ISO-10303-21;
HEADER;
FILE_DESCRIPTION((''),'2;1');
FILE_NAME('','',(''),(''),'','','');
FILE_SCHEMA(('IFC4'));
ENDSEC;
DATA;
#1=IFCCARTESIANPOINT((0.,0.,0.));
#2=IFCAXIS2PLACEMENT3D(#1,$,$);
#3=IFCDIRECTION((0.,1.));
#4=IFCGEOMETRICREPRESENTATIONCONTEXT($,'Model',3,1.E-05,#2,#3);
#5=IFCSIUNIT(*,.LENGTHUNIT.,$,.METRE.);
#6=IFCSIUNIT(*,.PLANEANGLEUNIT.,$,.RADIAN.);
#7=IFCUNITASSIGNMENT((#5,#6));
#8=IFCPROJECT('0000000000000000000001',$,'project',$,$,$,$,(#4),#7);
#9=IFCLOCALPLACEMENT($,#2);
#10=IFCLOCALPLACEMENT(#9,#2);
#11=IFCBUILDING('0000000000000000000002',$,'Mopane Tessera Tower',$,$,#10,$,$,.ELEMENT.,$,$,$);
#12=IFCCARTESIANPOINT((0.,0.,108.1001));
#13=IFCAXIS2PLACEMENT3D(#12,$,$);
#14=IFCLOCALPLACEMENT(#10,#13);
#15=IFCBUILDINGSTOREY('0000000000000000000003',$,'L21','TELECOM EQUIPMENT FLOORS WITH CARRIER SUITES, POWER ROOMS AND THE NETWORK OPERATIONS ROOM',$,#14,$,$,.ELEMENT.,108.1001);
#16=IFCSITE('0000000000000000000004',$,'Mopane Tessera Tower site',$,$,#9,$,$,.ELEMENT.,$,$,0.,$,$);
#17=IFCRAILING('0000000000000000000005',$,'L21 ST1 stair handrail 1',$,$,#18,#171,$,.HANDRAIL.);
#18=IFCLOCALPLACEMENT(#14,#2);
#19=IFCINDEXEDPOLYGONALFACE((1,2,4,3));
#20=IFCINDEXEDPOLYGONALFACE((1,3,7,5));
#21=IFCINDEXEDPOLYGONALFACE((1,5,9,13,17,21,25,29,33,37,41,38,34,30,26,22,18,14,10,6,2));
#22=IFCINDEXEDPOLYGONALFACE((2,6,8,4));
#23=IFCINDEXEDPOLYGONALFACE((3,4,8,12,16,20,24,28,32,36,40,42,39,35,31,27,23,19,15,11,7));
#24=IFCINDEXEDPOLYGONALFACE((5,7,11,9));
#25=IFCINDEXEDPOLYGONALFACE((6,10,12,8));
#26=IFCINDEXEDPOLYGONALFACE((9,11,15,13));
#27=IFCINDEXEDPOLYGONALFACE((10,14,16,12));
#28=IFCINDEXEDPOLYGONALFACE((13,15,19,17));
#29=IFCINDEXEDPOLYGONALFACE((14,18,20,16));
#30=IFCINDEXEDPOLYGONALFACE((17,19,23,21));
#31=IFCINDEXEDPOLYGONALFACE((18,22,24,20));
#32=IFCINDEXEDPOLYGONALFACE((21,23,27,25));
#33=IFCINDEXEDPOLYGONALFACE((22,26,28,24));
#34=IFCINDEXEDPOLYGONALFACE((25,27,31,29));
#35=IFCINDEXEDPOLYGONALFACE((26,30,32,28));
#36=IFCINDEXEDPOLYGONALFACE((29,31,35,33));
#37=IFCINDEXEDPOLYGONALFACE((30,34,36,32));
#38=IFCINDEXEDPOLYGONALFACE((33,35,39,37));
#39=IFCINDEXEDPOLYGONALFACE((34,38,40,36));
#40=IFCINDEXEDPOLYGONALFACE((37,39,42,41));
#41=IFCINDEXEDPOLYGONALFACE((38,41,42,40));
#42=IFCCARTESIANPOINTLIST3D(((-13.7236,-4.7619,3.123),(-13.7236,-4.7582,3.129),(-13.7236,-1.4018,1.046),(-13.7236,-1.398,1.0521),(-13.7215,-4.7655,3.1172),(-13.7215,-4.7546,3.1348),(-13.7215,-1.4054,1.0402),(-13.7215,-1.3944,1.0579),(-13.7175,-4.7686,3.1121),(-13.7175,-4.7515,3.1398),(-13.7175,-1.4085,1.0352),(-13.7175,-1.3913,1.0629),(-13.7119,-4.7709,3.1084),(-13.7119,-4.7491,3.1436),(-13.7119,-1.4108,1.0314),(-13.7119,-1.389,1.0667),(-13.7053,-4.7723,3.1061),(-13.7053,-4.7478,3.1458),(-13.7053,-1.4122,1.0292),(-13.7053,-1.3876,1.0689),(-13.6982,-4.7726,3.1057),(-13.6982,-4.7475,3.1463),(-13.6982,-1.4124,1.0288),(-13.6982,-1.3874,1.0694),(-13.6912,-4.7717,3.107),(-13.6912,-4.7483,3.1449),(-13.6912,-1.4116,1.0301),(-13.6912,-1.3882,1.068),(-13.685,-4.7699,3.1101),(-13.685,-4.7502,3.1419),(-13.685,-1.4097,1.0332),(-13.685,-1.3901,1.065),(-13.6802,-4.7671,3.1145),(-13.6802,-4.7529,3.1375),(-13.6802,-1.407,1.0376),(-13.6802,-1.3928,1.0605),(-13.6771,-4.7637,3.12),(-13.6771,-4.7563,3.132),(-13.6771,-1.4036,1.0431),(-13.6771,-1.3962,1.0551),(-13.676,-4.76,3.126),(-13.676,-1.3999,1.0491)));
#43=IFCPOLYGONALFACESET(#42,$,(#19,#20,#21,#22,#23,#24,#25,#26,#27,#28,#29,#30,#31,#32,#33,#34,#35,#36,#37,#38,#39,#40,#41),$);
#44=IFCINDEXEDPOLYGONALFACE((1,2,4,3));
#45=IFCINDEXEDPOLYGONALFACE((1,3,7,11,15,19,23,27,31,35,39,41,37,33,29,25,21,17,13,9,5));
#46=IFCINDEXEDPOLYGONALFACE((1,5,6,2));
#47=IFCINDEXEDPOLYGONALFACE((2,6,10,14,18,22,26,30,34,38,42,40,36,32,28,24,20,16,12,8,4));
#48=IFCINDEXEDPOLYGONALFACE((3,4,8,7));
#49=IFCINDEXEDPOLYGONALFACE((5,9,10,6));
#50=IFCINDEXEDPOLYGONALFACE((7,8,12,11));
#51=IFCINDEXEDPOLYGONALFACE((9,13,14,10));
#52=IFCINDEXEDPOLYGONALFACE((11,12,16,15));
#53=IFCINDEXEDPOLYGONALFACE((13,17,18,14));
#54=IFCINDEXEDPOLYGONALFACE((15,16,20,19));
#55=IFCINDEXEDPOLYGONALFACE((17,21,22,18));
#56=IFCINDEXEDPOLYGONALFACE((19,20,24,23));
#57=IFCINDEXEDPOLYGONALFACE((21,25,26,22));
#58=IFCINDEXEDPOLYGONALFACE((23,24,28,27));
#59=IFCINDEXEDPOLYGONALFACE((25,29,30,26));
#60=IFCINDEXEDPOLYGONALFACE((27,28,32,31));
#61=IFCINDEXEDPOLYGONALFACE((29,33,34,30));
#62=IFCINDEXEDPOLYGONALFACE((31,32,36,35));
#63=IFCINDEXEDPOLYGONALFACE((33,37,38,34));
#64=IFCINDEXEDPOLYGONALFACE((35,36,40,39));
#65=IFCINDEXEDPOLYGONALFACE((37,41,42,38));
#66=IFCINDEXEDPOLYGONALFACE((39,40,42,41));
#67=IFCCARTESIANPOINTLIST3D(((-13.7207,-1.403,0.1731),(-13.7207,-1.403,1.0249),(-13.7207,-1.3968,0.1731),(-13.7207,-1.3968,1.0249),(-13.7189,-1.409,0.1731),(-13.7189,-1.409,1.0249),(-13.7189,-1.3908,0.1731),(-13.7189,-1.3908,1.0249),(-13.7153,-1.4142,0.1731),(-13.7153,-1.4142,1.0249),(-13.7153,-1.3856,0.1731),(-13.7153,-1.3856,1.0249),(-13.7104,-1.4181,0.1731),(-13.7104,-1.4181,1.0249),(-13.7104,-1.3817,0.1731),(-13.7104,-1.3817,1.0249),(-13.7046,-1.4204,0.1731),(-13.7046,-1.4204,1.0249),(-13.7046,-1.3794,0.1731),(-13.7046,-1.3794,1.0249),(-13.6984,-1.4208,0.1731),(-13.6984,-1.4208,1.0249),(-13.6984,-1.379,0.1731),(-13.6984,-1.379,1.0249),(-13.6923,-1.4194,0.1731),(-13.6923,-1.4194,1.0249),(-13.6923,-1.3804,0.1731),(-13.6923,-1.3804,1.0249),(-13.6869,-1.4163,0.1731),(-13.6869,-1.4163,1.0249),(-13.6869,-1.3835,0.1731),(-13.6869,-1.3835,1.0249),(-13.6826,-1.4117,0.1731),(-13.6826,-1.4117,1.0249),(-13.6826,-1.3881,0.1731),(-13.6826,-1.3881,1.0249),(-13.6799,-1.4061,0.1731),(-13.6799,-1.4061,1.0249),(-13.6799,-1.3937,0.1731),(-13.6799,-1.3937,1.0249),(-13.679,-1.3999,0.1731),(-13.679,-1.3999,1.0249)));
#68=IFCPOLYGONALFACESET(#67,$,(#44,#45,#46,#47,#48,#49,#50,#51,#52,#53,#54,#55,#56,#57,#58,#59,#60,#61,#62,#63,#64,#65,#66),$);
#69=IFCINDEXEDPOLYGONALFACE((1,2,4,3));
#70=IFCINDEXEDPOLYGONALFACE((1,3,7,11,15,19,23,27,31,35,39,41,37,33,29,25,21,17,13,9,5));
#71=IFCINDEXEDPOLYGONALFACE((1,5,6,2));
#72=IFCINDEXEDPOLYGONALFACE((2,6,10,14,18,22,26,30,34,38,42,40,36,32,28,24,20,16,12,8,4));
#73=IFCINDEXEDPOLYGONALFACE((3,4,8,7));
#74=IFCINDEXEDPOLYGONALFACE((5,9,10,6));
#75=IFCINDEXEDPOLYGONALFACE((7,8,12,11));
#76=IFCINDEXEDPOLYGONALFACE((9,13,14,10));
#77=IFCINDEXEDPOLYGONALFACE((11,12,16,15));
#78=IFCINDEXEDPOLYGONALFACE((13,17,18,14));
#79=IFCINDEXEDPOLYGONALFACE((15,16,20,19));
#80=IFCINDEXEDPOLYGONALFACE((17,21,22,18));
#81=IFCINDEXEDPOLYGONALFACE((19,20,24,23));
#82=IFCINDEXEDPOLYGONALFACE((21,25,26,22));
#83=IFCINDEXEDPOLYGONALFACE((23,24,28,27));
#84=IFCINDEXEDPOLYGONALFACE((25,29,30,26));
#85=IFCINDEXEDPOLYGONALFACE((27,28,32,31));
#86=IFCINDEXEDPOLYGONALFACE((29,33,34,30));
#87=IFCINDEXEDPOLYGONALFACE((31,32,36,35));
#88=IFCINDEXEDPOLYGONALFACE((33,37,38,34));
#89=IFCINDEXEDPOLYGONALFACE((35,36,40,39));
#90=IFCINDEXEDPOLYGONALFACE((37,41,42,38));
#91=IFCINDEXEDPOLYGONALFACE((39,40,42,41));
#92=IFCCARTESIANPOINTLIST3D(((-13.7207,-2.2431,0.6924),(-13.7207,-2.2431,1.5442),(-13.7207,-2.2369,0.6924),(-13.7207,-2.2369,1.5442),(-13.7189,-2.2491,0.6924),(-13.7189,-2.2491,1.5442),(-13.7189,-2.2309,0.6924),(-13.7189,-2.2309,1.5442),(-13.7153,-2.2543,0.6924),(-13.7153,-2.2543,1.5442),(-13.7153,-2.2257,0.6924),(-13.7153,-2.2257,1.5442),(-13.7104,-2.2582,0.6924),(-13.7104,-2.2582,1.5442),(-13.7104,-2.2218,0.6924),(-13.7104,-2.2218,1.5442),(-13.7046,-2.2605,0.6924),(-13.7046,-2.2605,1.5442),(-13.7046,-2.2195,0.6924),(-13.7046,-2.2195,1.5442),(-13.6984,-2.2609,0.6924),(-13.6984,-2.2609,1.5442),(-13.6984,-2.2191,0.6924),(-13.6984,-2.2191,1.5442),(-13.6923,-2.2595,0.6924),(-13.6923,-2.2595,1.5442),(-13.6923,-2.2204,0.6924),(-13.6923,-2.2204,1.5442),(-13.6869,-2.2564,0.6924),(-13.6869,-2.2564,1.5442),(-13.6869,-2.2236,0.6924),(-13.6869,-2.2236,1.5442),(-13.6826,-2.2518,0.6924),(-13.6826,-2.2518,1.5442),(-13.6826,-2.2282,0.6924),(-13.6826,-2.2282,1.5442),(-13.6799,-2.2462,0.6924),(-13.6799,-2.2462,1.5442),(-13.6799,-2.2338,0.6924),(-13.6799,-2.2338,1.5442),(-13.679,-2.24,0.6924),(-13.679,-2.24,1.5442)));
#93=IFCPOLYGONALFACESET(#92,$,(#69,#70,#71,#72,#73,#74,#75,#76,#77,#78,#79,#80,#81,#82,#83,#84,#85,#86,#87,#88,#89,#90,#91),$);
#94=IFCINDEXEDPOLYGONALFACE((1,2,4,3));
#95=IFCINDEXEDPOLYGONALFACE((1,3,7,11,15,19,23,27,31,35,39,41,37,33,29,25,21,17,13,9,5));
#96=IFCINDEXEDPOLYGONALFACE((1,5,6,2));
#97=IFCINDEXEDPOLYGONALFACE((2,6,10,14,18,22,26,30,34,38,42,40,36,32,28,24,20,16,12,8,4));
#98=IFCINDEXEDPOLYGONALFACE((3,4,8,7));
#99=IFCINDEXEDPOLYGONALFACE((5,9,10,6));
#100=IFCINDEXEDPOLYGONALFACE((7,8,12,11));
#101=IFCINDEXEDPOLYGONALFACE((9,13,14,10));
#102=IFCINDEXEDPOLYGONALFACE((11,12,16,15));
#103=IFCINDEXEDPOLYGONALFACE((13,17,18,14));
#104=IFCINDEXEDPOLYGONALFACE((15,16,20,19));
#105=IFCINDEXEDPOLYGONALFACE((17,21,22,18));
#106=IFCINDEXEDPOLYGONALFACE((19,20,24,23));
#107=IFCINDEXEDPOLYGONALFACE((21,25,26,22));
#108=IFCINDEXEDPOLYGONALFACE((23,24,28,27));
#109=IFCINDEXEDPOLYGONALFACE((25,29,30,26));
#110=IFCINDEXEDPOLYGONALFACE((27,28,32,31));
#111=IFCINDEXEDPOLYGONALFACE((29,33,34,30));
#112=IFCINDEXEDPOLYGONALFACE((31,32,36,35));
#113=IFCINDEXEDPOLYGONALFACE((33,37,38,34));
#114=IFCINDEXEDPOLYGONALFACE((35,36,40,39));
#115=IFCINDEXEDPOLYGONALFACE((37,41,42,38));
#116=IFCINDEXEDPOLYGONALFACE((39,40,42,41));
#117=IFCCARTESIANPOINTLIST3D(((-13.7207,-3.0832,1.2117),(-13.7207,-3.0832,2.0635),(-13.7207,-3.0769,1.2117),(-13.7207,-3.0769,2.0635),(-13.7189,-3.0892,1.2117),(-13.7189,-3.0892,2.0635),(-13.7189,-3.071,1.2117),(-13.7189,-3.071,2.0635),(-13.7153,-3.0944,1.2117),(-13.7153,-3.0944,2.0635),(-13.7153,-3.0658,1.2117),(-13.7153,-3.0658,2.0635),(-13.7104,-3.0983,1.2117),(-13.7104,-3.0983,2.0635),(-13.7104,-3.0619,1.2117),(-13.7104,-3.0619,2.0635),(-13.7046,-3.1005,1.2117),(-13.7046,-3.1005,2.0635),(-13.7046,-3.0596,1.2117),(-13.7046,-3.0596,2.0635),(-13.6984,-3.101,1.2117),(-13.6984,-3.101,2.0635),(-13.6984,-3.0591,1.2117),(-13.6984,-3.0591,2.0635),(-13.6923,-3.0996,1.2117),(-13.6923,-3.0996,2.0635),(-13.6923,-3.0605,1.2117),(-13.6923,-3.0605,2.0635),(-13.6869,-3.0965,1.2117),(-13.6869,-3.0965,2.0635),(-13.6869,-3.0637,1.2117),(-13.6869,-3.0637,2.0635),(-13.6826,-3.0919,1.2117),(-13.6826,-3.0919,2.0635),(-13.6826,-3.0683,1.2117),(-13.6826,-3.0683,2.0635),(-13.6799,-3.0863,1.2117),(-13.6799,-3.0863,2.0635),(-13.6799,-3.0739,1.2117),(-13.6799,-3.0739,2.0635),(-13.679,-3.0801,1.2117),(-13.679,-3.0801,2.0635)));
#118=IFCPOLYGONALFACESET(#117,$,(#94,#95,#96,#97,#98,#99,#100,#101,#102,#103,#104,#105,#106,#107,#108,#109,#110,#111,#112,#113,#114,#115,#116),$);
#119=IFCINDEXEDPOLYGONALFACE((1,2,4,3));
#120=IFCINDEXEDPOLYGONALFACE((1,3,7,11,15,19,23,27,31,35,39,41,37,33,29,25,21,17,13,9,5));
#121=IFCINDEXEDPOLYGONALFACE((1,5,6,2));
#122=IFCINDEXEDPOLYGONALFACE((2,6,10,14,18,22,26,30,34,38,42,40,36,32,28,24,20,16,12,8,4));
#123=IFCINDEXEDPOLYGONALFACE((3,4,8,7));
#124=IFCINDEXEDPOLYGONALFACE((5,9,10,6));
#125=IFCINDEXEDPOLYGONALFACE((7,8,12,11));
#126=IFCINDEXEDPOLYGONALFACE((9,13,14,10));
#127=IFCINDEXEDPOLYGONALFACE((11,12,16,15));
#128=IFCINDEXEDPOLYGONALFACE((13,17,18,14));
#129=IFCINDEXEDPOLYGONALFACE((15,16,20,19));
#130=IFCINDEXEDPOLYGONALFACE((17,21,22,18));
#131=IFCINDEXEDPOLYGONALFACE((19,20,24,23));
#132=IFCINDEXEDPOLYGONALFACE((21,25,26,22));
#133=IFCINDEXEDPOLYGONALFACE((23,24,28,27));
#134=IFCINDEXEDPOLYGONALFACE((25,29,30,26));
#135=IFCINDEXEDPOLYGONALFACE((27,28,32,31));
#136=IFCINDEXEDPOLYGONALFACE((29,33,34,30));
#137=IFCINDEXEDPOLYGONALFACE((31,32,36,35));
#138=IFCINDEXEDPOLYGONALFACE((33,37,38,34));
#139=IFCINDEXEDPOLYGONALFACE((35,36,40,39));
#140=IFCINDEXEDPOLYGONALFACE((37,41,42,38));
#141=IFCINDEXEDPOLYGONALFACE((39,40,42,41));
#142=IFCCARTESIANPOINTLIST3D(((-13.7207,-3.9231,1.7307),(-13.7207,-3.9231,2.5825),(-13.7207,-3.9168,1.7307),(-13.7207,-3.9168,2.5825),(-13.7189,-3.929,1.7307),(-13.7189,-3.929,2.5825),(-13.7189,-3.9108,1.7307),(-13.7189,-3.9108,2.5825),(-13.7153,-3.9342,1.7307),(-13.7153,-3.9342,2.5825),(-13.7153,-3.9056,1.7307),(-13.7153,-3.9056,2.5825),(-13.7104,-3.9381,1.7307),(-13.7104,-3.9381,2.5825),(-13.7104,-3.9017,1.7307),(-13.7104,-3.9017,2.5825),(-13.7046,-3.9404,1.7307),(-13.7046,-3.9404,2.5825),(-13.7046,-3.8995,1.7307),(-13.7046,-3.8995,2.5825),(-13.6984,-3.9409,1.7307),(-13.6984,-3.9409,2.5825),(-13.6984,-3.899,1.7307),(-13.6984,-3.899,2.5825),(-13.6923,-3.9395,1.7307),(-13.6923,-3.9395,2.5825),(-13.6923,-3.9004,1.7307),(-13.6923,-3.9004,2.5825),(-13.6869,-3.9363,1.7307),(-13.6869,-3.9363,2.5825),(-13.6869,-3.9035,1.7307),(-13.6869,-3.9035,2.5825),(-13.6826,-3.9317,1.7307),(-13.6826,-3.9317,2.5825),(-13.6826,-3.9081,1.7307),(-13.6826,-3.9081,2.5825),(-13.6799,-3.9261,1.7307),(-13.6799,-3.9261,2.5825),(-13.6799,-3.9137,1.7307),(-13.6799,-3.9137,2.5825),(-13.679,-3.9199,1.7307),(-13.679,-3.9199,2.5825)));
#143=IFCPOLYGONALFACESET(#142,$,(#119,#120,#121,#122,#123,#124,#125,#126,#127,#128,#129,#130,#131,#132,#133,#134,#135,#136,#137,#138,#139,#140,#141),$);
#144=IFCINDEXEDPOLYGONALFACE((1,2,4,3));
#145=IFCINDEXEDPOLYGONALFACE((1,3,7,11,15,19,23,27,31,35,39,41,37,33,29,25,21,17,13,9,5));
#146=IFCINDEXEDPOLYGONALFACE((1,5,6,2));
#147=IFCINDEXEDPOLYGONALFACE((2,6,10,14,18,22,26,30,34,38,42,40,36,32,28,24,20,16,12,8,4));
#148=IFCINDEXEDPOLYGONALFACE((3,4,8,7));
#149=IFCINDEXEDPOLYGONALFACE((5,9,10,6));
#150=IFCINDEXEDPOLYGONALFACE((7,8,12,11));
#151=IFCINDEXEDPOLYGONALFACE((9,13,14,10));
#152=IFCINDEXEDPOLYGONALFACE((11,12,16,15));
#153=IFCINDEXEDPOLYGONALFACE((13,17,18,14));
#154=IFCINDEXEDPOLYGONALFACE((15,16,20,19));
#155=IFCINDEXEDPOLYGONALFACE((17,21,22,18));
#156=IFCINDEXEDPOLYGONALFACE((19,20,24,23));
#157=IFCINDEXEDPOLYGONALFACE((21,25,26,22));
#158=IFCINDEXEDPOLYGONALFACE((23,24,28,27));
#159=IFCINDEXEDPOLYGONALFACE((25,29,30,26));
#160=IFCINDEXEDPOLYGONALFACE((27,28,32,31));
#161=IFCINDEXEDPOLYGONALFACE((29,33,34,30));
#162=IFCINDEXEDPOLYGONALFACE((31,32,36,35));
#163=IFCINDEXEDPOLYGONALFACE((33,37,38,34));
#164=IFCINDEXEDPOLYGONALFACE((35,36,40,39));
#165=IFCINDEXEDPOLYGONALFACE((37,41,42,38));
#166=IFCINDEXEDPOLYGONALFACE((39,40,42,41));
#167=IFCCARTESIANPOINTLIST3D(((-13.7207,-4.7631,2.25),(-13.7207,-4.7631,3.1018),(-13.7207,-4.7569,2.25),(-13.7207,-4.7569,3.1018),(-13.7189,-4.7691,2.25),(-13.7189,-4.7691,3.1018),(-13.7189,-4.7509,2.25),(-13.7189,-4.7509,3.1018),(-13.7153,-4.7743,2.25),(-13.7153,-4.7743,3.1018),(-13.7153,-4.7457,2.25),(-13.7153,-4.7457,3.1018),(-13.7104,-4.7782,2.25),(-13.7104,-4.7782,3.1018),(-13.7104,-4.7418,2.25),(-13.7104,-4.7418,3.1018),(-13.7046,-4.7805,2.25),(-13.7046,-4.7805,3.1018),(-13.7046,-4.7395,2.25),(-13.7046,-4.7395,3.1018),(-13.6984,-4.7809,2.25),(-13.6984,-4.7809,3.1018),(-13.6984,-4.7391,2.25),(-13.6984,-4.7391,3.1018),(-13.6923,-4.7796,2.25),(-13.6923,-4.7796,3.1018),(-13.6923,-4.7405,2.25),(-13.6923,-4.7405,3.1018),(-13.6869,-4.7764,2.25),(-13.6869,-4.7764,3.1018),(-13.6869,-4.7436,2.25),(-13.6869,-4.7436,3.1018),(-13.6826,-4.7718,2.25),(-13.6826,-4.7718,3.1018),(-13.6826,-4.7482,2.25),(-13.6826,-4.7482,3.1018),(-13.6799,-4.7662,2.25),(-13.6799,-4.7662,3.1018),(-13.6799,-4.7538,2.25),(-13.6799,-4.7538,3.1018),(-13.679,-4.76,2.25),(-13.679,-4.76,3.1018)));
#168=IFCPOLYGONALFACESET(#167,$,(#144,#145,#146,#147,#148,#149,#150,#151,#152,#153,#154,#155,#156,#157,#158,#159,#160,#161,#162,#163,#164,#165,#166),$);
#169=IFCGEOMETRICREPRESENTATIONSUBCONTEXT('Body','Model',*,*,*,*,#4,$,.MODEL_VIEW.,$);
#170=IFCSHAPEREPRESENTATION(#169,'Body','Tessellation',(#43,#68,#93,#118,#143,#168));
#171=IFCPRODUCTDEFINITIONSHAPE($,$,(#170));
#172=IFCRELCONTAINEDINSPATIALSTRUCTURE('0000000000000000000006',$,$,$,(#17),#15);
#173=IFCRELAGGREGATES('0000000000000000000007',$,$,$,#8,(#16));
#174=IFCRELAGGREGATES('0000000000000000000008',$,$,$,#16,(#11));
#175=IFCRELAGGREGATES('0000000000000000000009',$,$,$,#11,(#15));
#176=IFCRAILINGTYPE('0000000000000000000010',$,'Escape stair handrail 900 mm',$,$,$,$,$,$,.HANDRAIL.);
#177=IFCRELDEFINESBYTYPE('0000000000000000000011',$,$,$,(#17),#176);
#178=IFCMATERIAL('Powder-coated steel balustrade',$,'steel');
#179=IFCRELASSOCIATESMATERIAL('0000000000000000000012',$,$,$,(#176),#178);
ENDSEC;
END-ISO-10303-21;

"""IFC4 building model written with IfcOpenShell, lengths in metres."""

from ifc_helpers import new_model, si_unit, direction, frame, origin, origin_2d, place, context, subcontext, project, spatial, circle, extrude, material, type_object, element, save


model = new_model("IFC4")

# Units and contexts
model_context = context("Model", 3, precision=1e-05, world=origin(), true_north=direction((0.0, 1.0)))
body_context = subcontext(model_context, "Body", "Model", "MODEL_VIEW")
ifc_project = project(units=[si_unit("LENGTHUNIT", "METRE"), si_unit("PLANEANGLEUNIT", "RADIAN")], contexts=[model_context])

# Site, building, storey
site_placement = place(None, origin())
site = spatial("IfcSite", under=ifc_project, at=site_placement, Name="Mopane Tessera Tower site", CompositionType="ELEMENT", RefElevation=0.0)
building_placement = place(site_placement, origin())
building = spatial("IfcBuilding", under=site, at=building_placement, Name="Mopane Tessera Tower", CompositionType="ELEMENT")
storey_placement = place(building_placement, frame((0.0, 0.0, 108.1001)))
storey = spatial("IfcBuildingStorey", under=building, at=storey_placement, Name="L21", Description="TELECOM EQUIPMENT FLOORS WITH CARRIER SUITES, POWER ROOMS AND THE NETWORK OPERATIONS ROOM", CompositionType="ELEMENT", Elevation=108.1001)

# Railing
ifc_material_1 = material(Name="Powder-coated steel balustrade", Category="steel")
railing_type_1 = type_object("IfcRailingType", Name="Escape stair handrail 900 mm", PredefinedType="HANDRAIL", material=ifc_material_1)
railing_1_placement = place(storey_placement, frame((-13.7, -1.3999, 0.1731)))
element("IfcRailing", 1, at=railing_1_placement, inside=storey, type_object=railing_type_1, Name="L21 ST1 stair handrail 1", PredefinedType="HANDRAIL", context=body_context, shape_type="SweptSolid", body=[
    extrude(circle(Radius=0.0239, at=origin_2d()), frame((0.0, 0.0, 0.876), z_axis=(0.0, -0.850623, 0.525776), x_axis=(1.0, 0.0, 0.0)), (0.0, 0.0, 1.0), 3.9502),
    extrude(circle(Radius=0.021, at=origin_2d()), origin(), (0.0, 0.0, 1.0), 0.8518),
    extrude(circle(Radius=0.021, at=origin_2d()), frame((0.0, -0.8401, 0.5193)), (0.0, 0.0, 1.0), 0.8518),
    extrude(circle(Radius=0.021, at=origin_2d()), frame((0.0, -1.6802, 1.0386)), (0.0, 0.0, 1.0), 0.8518),
    extrude(circle(Radius=0.021, at=origin_2d()), frame((0.0, -2.52, 1.5576)), (0.0, 0.0, 1.0), 0.8518),
    extrude(circle(Radius=0.021, at=origin_2d()), frame((0.0, -3.3601, 2.0769)), (0.0, 0.0, 1.0), 0.8518),
])

save(model, "model.ifc")
